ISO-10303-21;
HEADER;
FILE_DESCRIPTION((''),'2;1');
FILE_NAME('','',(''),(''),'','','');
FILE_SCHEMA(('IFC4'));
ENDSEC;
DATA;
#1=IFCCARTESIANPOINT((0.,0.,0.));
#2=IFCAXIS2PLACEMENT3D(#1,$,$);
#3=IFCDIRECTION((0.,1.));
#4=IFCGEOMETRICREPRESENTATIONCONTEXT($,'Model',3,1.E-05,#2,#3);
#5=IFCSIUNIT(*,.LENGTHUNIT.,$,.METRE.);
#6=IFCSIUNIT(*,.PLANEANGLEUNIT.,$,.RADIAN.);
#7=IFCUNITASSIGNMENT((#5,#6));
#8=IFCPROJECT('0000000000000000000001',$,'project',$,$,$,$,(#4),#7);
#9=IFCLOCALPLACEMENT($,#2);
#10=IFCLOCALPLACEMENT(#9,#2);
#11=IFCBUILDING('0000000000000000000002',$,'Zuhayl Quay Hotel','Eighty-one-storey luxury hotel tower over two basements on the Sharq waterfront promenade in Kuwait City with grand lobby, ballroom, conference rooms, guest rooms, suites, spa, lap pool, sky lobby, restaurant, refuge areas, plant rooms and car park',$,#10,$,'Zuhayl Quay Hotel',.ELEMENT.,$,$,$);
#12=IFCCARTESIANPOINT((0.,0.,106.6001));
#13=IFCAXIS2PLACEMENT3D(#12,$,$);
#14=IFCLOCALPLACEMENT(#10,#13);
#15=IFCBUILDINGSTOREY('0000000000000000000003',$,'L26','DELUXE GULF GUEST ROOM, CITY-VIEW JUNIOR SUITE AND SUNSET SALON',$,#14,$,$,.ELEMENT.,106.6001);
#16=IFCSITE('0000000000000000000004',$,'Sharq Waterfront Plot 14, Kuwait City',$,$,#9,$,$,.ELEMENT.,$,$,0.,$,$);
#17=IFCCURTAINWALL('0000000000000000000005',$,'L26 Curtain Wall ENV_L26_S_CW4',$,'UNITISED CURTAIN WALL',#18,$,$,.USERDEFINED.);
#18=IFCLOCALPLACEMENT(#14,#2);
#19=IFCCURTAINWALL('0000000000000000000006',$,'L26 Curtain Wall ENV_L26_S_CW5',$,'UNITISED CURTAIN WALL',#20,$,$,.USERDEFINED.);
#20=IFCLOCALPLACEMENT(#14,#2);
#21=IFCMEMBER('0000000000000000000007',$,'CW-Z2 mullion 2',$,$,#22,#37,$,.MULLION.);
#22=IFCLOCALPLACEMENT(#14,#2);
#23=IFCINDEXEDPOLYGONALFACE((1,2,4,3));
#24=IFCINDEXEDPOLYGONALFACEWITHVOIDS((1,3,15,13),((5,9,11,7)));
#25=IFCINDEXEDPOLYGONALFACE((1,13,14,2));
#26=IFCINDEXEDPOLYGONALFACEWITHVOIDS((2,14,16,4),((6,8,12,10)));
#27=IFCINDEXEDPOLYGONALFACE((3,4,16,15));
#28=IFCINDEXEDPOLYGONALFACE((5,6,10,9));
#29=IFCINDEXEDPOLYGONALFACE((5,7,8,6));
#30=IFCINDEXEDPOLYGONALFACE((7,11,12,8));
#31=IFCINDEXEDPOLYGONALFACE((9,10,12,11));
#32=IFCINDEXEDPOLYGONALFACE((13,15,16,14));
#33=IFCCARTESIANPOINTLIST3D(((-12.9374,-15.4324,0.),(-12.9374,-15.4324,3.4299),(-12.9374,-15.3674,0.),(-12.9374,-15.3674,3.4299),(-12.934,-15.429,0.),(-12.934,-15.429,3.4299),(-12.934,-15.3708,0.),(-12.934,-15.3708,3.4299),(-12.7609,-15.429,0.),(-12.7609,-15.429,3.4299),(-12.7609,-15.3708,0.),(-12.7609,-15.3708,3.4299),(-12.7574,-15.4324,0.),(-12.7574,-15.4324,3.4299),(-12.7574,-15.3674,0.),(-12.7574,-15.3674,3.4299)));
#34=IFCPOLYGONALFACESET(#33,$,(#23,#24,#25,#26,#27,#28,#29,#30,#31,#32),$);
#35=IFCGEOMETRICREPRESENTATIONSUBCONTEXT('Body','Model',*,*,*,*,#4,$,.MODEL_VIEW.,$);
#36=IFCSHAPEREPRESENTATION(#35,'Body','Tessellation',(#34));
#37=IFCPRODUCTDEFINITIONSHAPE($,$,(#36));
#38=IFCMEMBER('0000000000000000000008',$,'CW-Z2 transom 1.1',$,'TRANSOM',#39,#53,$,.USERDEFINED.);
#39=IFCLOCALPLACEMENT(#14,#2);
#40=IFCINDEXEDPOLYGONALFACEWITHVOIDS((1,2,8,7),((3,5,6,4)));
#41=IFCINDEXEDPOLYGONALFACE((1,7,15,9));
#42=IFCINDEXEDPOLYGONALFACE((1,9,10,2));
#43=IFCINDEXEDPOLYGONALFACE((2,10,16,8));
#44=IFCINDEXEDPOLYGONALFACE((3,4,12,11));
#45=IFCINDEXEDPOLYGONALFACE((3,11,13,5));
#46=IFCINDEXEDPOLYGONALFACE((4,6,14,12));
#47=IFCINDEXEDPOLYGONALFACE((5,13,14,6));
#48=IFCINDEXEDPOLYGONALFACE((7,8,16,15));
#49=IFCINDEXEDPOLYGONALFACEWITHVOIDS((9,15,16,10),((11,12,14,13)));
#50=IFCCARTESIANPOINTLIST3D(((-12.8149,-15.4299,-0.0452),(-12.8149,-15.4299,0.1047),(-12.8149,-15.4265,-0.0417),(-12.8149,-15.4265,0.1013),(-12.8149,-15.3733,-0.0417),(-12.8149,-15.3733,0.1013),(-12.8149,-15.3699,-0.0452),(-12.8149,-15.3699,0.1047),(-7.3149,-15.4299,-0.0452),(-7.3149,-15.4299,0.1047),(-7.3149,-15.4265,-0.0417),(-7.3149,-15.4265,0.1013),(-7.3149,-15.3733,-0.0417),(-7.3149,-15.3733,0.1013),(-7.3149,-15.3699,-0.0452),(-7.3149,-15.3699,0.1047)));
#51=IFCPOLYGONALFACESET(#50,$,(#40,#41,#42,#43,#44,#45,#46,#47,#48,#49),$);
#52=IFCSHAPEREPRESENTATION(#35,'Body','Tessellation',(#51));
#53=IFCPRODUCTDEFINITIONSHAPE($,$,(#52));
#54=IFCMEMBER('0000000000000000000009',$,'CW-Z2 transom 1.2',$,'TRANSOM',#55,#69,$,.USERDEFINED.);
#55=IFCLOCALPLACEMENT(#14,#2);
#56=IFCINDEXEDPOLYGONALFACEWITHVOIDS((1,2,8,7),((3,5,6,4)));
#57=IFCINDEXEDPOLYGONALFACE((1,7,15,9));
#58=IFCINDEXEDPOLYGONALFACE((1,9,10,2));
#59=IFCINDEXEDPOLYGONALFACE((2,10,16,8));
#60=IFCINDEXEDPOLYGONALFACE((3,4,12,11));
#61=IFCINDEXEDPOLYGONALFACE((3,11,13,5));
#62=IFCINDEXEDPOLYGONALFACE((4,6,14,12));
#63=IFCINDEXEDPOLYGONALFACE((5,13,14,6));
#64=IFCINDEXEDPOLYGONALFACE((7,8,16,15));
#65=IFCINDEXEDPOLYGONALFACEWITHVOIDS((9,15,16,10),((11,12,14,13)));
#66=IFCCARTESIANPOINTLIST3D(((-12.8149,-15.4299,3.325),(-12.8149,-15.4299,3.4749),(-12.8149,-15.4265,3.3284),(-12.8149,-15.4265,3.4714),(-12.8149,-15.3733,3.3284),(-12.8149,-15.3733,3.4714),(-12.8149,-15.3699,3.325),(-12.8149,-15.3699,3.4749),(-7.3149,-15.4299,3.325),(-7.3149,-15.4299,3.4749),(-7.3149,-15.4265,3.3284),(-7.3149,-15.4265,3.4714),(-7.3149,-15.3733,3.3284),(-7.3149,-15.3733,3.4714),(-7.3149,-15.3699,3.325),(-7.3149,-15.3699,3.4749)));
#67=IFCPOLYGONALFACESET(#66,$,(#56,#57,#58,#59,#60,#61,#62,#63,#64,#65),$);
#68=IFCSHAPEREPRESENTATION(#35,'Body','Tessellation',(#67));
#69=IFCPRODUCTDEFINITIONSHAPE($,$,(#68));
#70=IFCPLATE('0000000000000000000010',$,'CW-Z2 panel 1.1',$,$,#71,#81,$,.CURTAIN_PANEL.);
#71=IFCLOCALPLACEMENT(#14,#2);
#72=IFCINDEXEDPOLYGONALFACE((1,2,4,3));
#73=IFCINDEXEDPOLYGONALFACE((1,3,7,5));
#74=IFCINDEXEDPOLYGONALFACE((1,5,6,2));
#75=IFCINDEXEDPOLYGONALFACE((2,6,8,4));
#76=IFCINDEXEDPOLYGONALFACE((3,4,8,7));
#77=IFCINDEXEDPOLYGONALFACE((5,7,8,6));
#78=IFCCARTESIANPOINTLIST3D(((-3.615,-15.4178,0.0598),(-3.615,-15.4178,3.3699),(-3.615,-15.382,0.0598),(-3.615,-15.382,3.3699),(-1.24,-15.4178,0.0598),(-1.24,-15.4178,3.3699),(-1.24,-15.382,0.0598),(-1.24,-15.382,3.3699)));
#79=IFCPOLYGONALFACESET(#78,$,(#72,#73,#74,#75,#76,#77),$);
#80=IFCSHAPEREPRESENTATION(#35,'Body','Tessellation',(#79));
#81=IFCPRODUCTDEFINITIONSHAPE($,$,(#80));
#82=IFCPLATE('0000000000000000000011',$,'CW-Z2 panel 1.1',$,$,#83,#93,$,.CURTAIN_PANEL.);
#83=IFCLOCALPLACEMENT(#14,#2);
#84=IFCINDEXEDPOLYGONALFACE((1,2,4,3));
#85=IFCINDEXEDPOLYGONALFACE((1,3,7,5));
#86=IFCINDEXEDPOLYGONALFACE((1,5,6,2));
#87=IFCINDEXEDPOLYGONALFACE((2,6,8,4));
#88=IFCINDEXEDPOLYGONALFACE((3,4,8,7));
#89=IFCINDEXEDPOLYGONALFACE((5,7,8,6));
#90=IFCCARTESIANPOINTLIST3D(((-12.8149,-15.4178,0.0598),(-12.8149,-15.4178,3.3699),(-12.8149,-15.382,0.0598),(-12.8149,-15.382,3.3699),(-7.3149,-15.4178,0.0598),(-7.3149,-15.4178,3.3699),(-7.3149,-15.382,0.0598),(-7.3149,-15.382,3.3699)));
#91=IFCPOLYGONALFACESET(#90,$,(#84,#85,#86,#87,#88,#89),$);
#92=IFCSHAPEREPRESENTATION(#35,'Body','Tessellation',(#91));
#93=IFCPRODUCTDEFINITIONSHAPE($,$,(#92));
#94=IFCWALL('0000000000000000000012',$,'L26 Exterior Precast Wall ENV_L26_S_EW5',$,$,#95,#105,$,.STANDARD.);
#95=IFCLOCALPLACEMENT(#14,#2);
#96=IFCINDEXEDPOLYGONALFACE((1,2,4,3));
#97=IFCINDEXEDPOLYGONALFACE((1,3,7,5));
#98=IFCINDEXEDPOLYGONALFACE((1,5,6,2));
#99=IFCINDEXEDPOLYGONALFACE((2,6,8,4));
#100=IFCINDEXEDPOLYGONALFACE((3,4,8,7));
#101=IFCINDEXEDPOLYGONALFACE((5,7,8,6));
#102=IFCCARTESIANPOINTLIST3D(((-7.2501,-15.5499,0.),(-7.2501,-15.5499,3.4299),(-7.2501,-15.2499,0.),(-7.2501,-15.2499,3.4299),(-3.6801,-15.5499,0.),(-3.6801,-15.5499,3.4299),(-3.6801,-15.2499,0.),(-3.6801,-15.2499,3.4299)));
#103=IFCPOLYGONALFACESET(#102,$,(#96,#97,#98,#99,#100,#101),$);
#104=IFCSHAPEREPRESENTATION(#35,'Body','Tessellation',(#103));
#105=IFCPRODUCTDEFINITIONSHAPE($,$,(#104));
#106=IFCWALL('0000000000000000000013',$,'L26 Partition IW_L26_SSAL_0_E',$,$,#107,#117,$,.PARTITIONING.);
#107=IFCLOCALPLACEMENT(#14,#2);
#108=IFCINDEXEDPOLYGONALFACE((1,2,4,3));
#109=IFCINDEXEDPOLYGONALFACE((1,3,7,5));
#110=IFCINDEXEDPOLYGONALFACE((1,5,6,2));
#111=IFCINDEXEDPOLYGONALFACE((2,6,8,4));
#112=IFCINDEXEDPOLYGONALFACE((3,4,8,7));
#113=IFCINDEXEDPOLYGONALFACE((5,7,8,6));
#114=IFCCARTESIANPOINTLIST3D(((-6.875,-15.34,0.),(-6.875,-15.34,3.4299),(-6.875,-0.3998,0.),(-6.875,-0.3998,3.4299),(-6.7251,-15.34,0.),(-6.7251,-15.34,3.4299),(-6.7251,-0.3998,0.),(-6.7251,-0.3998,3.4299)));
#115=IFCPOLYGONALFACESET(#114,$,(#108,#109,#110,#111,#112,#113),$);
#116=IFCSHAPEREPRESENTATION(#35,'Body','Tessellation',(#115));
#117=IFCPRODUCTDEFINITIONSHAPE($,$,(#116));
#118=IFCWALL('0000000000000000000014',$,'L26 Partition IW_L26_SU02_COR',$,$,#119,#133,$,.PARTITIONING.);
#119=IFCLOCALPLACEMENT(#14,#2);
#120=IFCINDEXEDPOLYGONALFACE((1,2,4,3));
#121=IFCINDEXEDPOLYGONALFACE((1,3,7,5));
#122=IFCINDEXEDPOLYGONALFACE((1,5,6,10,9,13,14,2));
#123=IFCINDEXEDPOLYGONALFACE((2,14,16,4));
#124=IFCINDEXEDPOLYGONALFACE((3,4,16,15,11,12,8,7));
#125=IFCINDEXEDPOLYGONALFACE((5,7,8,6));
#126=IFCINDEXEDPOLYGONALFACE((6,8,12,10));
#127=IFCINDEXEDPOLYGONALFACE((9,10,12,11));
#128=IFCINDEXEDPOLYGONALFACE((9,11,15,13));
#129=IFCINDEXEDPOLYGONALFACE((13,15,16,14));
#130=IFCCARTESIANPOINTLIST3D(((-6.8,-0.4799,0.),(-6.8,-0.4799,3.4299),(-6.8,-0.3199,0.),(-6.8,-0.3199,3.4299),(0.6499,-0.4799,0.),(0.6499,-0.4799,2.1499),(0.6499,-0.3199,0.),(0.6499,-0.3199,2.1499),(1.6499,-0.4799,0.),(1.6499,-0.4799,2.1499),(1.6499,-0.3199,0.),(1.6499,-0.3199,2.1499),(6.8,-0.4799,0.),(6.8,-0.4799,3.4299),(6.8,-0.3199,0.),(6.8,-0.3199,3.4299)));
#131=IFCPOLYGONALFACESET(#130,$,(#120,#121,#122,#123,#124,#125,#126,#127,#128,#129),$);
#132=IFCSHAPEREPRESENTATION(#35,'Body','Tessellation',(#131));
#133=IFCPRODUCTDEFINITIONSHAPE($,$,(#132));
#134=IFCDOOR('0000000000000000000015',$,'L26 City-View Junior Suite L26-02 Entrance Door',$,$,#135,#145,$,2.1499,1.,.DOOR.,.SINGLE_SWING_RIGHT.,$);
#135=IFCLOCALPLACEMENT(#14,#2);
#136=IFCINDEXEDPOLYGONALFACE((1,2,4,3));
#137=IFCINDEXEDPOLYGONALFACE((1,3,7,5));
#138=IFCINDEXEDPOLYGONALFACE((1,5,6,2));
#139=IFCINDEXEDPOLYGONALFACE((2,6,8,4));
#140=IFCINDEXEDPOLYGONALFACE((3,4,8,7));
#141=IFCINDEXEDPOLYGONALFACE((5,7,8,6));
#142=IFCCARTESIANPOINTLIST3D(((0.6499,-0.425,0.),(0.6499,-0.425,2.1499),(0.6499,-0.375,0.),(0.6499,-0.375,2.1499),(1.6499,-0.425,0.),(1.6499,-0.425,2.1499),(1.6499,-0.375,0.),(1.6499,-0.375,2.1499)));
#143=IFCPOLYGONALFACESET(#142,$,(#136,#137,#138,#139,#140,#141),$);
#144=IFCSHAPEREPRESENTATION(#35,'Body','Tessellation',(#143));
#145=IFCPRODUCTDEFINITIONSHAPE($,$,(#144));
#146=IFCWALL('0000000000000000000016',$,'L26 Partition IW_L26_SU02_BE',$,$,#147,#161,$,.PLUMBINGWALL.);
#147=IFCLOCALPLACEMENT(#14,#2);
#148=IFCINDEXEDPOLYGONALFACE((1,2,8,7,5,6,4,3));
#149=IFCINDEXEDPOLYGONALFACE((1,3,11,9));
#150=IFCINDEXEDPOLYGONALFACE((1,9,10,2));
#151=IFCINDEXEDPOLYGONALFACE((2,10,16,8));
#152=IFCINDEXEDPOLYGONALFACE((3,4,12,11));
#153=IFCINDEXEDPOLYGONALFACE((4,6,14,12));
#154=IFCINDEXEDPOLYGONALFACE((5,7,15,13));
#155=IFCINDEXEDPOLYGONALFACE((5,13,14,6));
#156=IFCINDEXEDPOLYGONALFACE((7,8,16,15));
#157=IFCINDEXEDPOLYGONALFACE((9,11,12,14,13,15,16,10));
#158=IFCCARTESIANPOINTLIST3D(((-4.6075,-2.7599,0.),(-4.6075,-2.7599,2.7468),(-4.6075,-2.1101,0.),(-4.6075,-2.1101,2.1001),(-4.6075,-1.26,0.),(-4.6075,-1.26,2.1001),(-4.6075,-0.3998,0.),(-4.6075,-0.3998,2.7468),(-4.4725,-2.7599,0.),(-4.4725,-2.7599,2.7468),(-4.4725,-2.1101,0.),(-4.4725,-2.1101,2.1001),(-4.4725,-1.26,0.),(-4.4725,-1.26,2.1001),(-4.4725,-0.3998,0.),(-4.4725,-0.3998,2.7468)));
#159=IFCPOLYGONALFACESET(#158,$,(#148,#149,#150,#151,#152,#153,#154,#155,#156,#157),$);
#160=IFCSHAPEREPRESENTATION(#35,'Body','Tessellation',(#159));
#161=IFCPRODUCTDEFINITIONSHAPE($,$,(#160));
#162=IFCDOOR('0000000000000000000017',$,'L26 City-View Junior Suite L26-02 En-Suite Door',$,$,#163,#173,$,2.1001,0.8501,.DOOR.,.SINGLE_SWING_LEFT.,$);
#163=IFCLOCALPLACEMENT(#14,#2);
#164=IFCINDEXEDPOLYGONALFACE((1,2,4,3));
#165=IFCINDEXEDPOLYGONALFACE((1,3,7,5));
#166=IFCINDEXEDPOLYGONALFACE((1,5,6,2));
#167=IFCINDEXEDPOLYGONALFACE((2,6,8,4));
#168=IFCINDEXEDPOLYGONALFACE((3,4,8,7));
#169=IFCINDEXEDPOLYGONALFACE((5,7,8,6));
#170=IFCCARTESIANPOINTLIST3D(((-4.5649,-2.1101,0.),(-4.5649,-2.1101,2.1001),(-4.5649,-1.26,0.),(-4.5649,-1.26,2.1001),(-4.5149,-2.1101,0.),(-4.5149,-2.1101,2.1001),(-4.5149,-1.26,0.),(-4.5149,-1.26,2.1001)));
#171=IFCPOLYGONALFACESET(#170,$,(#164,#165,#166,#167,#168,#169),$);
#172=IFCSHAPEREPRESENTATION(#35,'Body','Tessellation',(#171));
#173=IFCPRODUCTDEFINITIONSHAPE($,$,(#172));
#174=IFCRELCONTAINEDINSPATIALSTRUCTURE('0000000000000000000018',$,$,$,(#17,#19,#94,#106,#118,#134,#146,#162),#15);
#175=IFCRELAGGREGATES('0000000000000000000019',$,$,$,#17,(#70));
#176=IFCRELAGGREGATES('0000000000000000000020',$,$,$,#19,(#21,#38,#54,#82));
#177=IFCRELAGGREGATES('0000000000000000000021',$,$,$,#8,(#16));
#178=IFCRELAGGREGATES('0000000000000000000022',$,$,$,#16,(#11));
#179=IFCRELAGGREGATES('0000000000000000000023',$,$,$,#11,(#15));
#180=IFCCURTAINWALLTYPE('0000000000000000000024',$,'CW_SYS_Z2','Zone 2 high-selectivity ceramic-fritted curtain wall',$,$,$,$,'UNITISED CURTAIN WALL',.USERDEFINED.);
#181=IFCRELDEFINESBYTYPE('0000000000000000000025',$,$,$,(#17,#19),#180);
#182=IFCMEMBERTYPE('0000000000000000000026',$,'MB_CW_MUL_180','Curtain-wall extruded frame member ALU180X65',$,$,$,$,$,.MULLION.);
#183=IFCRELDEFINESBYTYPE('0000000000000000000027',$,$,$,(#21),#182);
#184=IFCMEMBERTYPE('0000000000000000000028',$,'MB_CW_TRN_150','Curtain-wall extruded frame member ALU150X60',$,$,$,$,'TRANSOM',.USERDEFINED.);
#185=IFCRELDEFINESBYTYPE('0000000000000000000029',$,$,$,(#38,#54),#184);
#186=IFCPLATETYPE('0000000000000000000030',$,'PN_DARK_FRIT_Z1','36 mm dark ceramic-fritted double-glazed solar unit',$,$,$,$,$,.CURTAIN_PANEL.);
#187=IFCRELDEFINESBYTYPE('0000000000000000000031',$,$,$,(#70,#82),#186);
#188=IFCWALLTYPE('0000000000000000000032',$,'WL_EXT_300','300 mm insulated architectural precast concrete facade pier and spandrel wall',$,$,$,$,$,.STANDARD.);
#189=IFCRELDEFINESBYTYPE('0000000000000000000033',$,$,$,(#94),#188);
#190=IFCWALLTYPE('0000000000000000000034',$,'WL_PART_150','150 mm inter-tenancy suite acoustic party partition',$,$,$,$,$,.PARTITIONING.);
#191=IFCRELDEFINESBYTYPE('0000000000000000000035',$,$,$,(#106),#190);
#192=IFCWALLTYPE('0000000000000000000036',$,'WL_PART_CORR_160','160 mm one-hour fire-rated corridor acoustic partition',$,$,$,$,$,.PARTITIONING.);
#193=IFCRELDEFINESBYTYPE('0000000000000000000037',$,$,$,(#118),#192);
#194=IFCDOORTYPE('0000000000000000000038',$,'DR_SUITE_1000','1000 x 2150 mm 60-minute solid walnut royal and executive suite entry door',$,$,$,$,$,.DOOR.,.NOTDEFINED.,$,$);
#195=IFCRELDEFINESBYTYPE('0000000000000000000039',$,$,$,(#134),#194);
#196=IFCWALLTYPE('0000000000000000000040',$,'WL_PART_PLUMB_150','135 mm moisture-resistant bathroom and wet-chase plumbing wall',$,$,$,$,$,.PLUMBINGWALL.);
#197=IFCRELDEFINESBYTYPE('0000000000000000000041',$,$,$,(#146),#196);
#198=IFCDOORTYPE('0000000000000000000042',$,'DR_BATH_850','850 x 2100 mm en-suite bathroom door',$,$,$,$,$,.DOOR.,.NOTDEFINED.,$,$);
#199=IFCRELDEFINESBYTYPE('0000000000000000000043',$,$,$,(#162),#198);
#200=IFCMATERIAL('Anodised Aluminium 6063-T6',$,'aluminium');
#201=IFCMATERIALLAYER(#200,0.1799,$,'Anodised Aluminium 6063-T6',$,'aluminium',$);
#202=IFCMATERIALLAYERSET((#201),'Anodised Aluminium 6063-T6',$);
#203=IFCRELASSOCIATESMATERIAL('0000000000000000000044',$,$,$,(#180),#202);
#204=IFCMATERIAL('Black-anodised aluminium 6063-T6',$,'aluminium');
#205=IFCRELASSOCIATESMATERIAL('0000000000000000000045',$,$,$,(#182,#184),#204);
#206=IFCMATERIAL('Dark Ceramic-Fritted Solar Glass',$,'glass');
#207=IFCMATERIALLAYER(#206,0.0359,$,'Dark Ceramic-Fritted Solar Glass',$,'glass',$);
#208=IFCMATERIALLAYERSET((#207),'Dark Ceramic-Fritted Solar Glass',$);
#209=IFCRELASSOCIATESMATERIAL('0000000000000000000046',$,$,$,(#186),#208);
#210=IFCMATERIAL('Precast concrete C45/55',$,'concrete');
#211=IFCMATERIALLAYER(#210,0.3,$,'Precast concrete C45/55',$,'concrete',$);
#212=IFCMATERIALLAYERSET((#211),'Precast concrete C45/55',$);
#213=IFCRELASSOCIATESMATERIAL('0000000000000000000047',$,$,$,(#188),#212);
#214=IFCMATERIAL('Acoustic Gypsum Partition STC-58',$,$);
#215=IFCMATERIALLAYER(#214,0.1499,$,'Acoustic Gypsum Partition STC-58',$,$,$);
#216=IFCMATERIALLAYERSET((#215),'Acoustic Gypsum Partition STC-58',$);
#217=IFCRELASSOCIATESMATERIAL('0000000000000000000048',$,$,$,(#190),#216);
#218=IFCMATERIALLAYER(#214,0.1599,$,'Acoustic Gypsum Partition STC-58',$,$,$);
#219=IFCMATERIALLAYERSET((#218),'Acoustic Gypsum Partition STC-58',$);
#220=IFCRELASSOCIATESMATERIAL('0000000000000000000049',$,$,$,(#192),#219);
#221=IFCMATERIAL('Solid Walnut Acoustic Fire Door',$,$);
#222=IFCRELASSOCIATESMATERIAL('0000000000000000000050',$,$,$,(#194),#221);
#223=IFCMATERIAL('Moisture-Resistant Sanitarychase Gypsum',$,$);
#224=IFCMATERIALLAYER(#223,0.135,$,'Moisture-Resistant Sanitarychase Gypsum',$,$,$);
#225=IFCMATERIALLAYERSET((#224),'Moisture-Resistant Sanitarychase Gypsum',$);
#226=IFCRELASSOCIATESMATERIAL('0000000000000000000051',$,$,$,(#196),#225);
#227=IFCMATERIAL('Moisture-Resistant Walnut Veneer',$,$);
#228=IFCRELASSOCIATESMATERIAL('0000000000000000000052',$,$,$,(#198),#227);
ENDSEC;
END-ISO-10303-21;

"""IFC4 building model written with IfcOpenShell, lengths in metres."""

from ifc_helpers import new_model, si_unit, direction, frame, frame_2d, origin, origin_2d, place, context, subcontext, project, spatial, rectangle, hollow_rectangle, extrude, material, layer, layer_set, material_profile, profile_set, type_object, element, fill, aggregate, save


model = new_model("IFC4")

# Units and contexts
model_context = context("Model", 3, precision=1e-05, world=origin(), true_north=direction((0.0, 1.0)))
body_context = subcontext(model_context, "Body", "Model", "MODEL_VIEW")
ifc_project = project(units=[si_unit("LENGTHUNIT", "METRE"), si_unit("PLANEANGLEUNIT", "RADIAN")], contexts=[model_context])

# Site, building, storey
site_placement = place(None, origin())
site = spatial("IfcSite", under=ifc_project, at=site_placement, Name="Sharq Waterfront Plot 14, Kuwait City", CompositionType="ELEMENT", RefElevation=0.0)
building_placement = place(site_placement, origin())
building = spatial("IfcBuilding", under=site, at=building_placement, Name="Zuhayl Quay Hotel", Description="Eighty-one-storey luxury hotel tower over two basements on the Sharq waterfront promenade in Kuwait City with grand lobby, ballroom, conference rooms, guest rooms, suites, spa, lap pool, sky lobby, restaurant, refuge areas, plant rooms and car park", LongName="Zuhayl Quay Hotel", CompositionType="ELEMENT")
storey_placement = place(building_placement, frame((0.0, 0.0, 106.6001)))
storey = spatial("IfcBuildingStorey", under=building, at=storey_placement, Name="L26", Description="DELUXE GULF GUEST ROOM, CITY-VIEW JUNIOR SUITE AND SUNSET SALON", CompositionType="ELEMENT", Elevation=106.6001)

# Curtain wall
ifc_material_1 = material(Name="Anodised Aluminium 6063-T6", Category="aluminium")
ifc_layer_1 = layer(ifc_material_1, 0.1799, Name="Anodised Aluminium 6063-T6", Category="aluminium")
ifc_layer_set_1 = layer_set([ifc_layer_1], Name="Anodised Aluminium 6063-T6")
curtain_wall_type = type_object("IfcCurtainWallType", Name="CW_SYS_Z2", Description="Zone 2 high-selectivity ceramic-fritted curtain wall", ElementType="UNITISED CURTAIN WALL", PredefinedType="USERDEFINED", material=ifc_layer_set_1)
curtain_wall_1_placement = place(storey_placement, origin())
curtain_wall_1 = element("IfcCurtainWall", 1, at=curtain_wall_1_placement, inside=storey, type_object=curtain_wall_type, Name="L26 Curtain Wall ENV_L26_S_CW4", ObjectType="UNITISED CURTAIN WALL", PredefinedType="USERDEFINED")
ifc_material_2 = material(Name="Black-anodised aluminium 6063-T6", Category="aluminium")
ifc_material_profile_1 = material_profile(ifc_material_2, hollow_rectangle(XDim=0.0649, YDim=0.1799, WallThickness=0.0034, at=origin_2d()), Name="ALU180X65")
ifc_profile_set_1 = profile_set([ifc_material_profile_1], Name="Black-anodised aluminium 6063-T6")
member_type_1 = type_object("IfcMemberType", Name="MB_CW_MUL_180", Description="Curtain-wall extruded frame member ALU180X65", PredefinedType="MULLION", material=ifc_profile_set_1)

# Curtain wall, members
curtain_wall_2_placement = place(storey_placement, origin())
curtain_wall_2 = element("IfcCurtainWall", 2, at=curtain_wall_2_placement, inside=storey, type_object=curtain_wall_type, Name="L26 Curtain Wall ENV_L26_S_CW5", ObjectType="UNITISED CURTAIN WALL", PredefinedType="USERDEFINED")
member_1_placement = place(storey_placement, frame((-12.8474, -15.3999, 0.0), z_axis=(0.0, 0.0, 1.0), x_axis=(0.0, -1.0, 0.0)))
member_1 = element("IfcMember", 3, at=member_1_placement, type_object=member_type_1, Name="CW-Z2 mullion 2", PredefinedType="MULLION", context=body_context, shape_type="SweptSolid", body=[
    extrude(hollow_rectangle(XDim=0.0649, YDim=0.1799, WallThickness=0.0034, at=origin_2d()), origin(), (0.0, 0.0, 1.0), 3.4299),
])
ifc_material_profile_2 = material_profile(ifc_material_2, hollow_rectangle(XDim=0.0601, YDim=0.1499, WallThickness=0.0034, at=origin_2d()), Name="ALU150X60")
ifc_profile_set_2 = profile_set([ifc_material_profile_2], Name="Black-anodised aluminium 6063-T6")
member_type_2 = type_object("IfcMemberType", Name="MB_CW_TRN_150", Description="Curtain-wall extruded frame member ALU150X60", ElementType="TRANSOM", PredefinedType="USERDEFINED", material=ifc_profile_set_2)
member_2_placement = place(storey_placement, frame((-7.3149, -15.3999, 0.0298), z_axis=(-1.0, 0.0, 0.0), x_axis=(0.0, -1.0, 0.0)))
member_2 = element("IfcMember", 4, at=member_2_placement, type_object=member_type_2, Name="CW-Z2 transom 1.1", ObjectType="TRANSOM", PredefinedType="USERDEFINED", context=body_context, shape_type="SweptSolid", body=[
    extrude(hollow_rectangle(XDim=0.0601, YDim=0.1499, WallThickness=0.0034, at=origin_2d()), origin(), (0.0, 0.0, 1.0), 5.5),
])
member_3_placement = place(storey_placement, frame((-7.3149, -15.3999, 3.3999), z_axis=(-1.0, 0.0, 0.0), x_axis=(0.0, -1.0, 0.0)))
member_3 = element("IfcMember", 5, at=member_3_placement, type_object=member_type_2, Name="CW-Z2 transom 1.2", ObjectType="TRANSOM", PredefinedType="USERDEFINED", context=body_context, shape_type="SweptSolid", body=[
    extrude(hollow_rectangle(XDim=0.0601, YDim=0.1499, WallThickness=0.0034, at=origin_2d()), origin(), (0.0, 0.0, 1.0), 5.5),
])

# Plates
ifc_material_3 = material(Name="Dark Ceramic-Fritted Solar Glass", Category="glass")
ifc_layer_2 = layer(ifc_material_3, 0.0359, Name="Dark Ceramic-Fritted Solar Glass", Category="glass")
ifc_layer_set_2 = layer_set([ifc_layer_2], Name="Dark Ceramic-Fritted Solar Glass")
plate_type = type_object("IfcPlateType", Name="PN_DARK_FRIT_Z1", Description="36 mm dark ceramic-fritted double-glazed solar unit", PredefinedType="CURTAIN_PANEL", material=ifc_layer_set_2)
plate_1_placement = place(storey_placement, frame((-2.4275, -15.3999, 0.0598), z_axis=(0.0, 0.0, 1.0), x_axis=(-1.0, 0.0, 0.0)))
plate_1 = element("IfcPlate", 6, at=plate_1_placement, type_object=plate_type, Name="CW-Z2 panel 1.1", PredefinedType="CURTAIN_PANEL", context=body_context, shape_type="SweptSolid", body=[
    extrude(rectangle(XDim=2.375, YDim=0.0359, at=origin_2d()), origin(), (0.0, 0.0, 1.0), 3.3101),
])
aggregate(curtain_wall_1, [plate_1])
plate_2_placement = place(storey_placement, frame((-10.0649, -15.3999, 0.0598), z_axis=(0.0, 0.0, 1.0), x_axis=(-1.0, 0.0, 0.0)))
plate_2 = element("IfcPlate", 7, at=plate_2_placement, type_object=plate_type, Name="CW-Z2 panel 1.1", PredefinedType="CURTAIN_PANEL", context=body_context, shape_type="SweptSolid", body=[
    extrude(rectangle(XDim=5.5, YDim=0.0359, at=origin_2d()), origin(), (0.0, 0.0, 1.0), 3.3101),
])
aggregate(curtain_wall_2, [member_1, member_2, member_3, plate_2])

# Walls
ifc_material_4 = material(Name="Precast concrete C45/55", Category="concrete")
ifc_layer_3 = layer(ifc_material_4, 0.3, Name="Precast concrete C45/55", Category="concrete")
ifc_layer_set_3 = layer_set([ifc_layer_3], Name="Precast concrete C45/55")
wall_type_1 = type_object("IfcWallType", Name="WL_EXT_300", Description="300 mm insulated architectural precast concrete facade pier and spandrel wall", PredefinedType="STANDARD", material=ifc_layer_set_3)
wall_1_placement = place(storey_placement, frame((-3.6799, -15.3999, 0.0), z_axis=(0.0, 0.0, 1.0), x_axis=(-1.0, 0.0, 0.0)))
element("IfcWall", 8, at=wall_1_placement, inside=storey, type_object=wall_type_1, Name="L26 Exterior Precast Wall ENV_L26_S_EW5", PredefinedType="STANDARD", context=body_context, shape_type="SweptSolid", body=[
    extrude(rectangle(XDim=3.5701, YDim=0.3, at=frame_2d((1.7852, 0.0))), origin(), (0.0, 0.0, 1.0), 3.4299),
])
ifc_material_5 = material(Name="Acoustic Gypsum Partition STC-58")
ifc_layer_4 = layer(ifc_material_5, 0.1499, Name="Acoustic Gypsum Partition STC-58")
ifc_layer_set_4 = layer_set([ifc_layer_4], Name="Acoustic Gypsum Partition STC-58")
wall_type_2 = type_object("IfcWallType", Name="WL_PART_150", Description="150 mm inter-tenancy suite acoustic party partition", PredefinedType="PARTITIONING", material=ifc_layer_set_4)
wall_2_placement = place(storey_placement, frame((-6.8, -15.3401, 0.0), z_axis=(0.0, 0.0, 1.0), x_axis=(0.0, 1.0, 0.0)))
element("IfcWall", 9, at=wall_2_placement, inside=storey, type_object=wall_type_2, Name="L26 Partition IW_L26_SSAL_0_E", PredefinedType="PARTITIONING", context=body_context, shape_type="SweptSolid", body=[
    extrude(rectangle(XDim=14.9402, YDim=0.1499, at=frame_2d((7.4702, 0.0))), origin(), (0.0, 0.0, 1.0), 3.4299),
])

# Walls, openings, doors
ifc_layer_5 = layer(ifc_material_5, 0.1599, Name="Acoustic Gypsum Partition STC-58")
ifc_layer_set_5 = layer_set([ifc_layer_5], Name="Acoustic Gypsum Partition STC-58")
wall_type_3 = type_object("IfcWallType", Name="WL_PART_CORR_160", Description="160 mm one-hour fire-rated corridor acoustic partition", PredefinedType="PARTITIONING", material=ifc_layer_set_5)
wall_3_placement = place(storey_placement, frame((-6.8, -0.3999, 0.0), z_axis=(0.0, 0.0, 1.0), x_axis=(1.0, 0.0, 0.0)))
wall_3 = element("IfcWall", 10, at=wall_3_placement, inside=storey, type_object=wall_type_3, Name="L26 Partition IW_L26_SU02_COR", PredefinedType="PARTITIONING", context=body_context, shape_type="SweptSolid", body=[
    extrude(rectangle(XDim=13.6001, YDim=0.1599, at=frame_2d((6.8, 0.0))), origin(), (0.0, 0.0, 1.0), 3.4299),
])
opening_1_placement = place(wall_3_placement, frame((7.45, 0.0, 0.0)))
opening_1 = element("IfcOpeningElement", 11, at=opening_1_placement, cuts=wall_3, PredefinedType="OPENING", context=body_context, shape_type="SweptSolid", body=[
    extrude(rectangle(XDim=1.0, YDim=2.1499, at=frame_2d((0.5, 1.075))), frame((0.0, 0.0898, 0.0), z_axis=(0.0, -1.0, 0.0), x_axis=(1.0, 0.0, 0.0)), (0.0, 0.0, 1.0), 0.1799),
])
ifc_material_6 = material(Name="Solid Walnut Acoustic Fire Door")
door_type_1 = type_object("IfcDoorType", Name="DR_SUITE_1000", Description="1000 x 2150 mm 60-minute solid walnut royal and executive suite entry door", OperationType="NOTDEFINED", PredefinedType="DOOR", material=ifc_material_6)
door_1_placement = place(opening_1_placement, origin())
door_1 = element("IfcDoor", 12, at=door_1_placement, inside=storey, type_object=door_type_1, Name="L26 City-View Junior Suite L26-02 Entrance Door", OperationType="SINGLE_SWING_RIGHT", OverallHeight=2.1499, OverallWidth=1.0, PredefinedType="DOOR", context=body_context, shape_type="SweptSolid", body=[
    extrude(rectangle(XDim=1.0, YDim=2.1499, at=frame_2d((0.5, 1.075))), frame((0.0, 0.0249, 0.0), z_axis=(0.0, -1.0, 0.0), x_axis=(1.0, 0.0, 0.0)), (0.0, 0.0, 1.0), 0.05),
])
fill(opening_1, door_1)
ifc_material_7 = material(Name="Moisture-Resistant Sanitarychase Gypsum")
ifc_layer_6 = layer(ifc_material_7, 0.135, Name="Moisture-Resistant Sanitarychase Gypsum")
ifc_layer_set_6 = layer_set([ifc_layer_6], Name="Moisture-Resistant Sanitarychase Gypsum")
wall_type_4 = type_object("IfcWallType", Name="WL_PART_PLUMB_150", Description="135 mm moisture-resistant bathroom and wet-chase plumbing wall", PredefinedType="PLUMBINGWALL", material=ifc_layer_set_6)
wall_4_placement = place(storey_placement, frame((-4.54, -2.76, 0.0), z_axis=(0.0, 0.0, 1.0), x_axis=(0.0, 1.0, 0.0)))
wall_4 = element("IfcWall", 13, at=wall_4_placement, inside=storey, type_object=wall_type_4, Name="L26 Partition IW_L26_SU02_BE", PredefinedType="PLUMBINGWALL", context=body_context, shape_type="SweptSolid", body=[
    extrude(rectangle(XDim=2.3601, YDim=0.135, at=frame_2d((1.1802, 0.0))), origin(), (0.0, 0.0, 1.0), 2.7468),
])
opening_2_placement = place(wall_4_placement, frame((0.6499, 0.0, 0.0)))
opening_2 = element("IfcOpeningElement", 14, at=opening_2_placement, cuts=wall_4, PredefinedType="OPENING", context=body_context, shape_type="SweptSolid", body=[
    extrude(rectangle(XDim=0.8501, YDim=2.1001, at=frame_2d((0.425, 1.05))), frame((0.0, 0.0774, 0.0), z_axis=(0.0, -1.0, 0.0), x_axis=(1.0, 0.0, 0.0)), (0.0, 0.0, 1.0), 0.155),
])
ifc_material_8 = material(Name="Moisture-Resistant Walnut Veneer")
door_type_2 = type_object("IfcDoorType", Name="DR_BATH_850", Description="850 x 2100 mm en-suite bathroom door", OperationType="NOTDEFINED", PredefinedType="DOOR", material=ifc_material_8)
door_2_placement = place(opening_2_placement, origin())
door_2 = element("IfcDoor", 15, at=door_2_placement, inside=storey, type_object=door_type_2, Name="L26 City-View Junior Suite L26-02 En-Suite Door", OperationType="SINGLE_SWING_LEFT", OverallHeight=2.1001, OverallWidth=0.8501, PredefinedType="DOOR", context=body_context, shape_type="SweptSolid", body=[
    extrude(rectangle(XDim=0.8501, YDim=2.1001, at=frame_2d((0.425, 1.05))), frame((0.0, 0.0249, 0.0), z_axis=(0.0, -1.0, 0.0), x_axis=(1.0, 0.0, 0.0)), (0.0, 0.0, 1.0), 0.05),
])
fill(opening_2, door_2)

save(model, "model.ifc")
